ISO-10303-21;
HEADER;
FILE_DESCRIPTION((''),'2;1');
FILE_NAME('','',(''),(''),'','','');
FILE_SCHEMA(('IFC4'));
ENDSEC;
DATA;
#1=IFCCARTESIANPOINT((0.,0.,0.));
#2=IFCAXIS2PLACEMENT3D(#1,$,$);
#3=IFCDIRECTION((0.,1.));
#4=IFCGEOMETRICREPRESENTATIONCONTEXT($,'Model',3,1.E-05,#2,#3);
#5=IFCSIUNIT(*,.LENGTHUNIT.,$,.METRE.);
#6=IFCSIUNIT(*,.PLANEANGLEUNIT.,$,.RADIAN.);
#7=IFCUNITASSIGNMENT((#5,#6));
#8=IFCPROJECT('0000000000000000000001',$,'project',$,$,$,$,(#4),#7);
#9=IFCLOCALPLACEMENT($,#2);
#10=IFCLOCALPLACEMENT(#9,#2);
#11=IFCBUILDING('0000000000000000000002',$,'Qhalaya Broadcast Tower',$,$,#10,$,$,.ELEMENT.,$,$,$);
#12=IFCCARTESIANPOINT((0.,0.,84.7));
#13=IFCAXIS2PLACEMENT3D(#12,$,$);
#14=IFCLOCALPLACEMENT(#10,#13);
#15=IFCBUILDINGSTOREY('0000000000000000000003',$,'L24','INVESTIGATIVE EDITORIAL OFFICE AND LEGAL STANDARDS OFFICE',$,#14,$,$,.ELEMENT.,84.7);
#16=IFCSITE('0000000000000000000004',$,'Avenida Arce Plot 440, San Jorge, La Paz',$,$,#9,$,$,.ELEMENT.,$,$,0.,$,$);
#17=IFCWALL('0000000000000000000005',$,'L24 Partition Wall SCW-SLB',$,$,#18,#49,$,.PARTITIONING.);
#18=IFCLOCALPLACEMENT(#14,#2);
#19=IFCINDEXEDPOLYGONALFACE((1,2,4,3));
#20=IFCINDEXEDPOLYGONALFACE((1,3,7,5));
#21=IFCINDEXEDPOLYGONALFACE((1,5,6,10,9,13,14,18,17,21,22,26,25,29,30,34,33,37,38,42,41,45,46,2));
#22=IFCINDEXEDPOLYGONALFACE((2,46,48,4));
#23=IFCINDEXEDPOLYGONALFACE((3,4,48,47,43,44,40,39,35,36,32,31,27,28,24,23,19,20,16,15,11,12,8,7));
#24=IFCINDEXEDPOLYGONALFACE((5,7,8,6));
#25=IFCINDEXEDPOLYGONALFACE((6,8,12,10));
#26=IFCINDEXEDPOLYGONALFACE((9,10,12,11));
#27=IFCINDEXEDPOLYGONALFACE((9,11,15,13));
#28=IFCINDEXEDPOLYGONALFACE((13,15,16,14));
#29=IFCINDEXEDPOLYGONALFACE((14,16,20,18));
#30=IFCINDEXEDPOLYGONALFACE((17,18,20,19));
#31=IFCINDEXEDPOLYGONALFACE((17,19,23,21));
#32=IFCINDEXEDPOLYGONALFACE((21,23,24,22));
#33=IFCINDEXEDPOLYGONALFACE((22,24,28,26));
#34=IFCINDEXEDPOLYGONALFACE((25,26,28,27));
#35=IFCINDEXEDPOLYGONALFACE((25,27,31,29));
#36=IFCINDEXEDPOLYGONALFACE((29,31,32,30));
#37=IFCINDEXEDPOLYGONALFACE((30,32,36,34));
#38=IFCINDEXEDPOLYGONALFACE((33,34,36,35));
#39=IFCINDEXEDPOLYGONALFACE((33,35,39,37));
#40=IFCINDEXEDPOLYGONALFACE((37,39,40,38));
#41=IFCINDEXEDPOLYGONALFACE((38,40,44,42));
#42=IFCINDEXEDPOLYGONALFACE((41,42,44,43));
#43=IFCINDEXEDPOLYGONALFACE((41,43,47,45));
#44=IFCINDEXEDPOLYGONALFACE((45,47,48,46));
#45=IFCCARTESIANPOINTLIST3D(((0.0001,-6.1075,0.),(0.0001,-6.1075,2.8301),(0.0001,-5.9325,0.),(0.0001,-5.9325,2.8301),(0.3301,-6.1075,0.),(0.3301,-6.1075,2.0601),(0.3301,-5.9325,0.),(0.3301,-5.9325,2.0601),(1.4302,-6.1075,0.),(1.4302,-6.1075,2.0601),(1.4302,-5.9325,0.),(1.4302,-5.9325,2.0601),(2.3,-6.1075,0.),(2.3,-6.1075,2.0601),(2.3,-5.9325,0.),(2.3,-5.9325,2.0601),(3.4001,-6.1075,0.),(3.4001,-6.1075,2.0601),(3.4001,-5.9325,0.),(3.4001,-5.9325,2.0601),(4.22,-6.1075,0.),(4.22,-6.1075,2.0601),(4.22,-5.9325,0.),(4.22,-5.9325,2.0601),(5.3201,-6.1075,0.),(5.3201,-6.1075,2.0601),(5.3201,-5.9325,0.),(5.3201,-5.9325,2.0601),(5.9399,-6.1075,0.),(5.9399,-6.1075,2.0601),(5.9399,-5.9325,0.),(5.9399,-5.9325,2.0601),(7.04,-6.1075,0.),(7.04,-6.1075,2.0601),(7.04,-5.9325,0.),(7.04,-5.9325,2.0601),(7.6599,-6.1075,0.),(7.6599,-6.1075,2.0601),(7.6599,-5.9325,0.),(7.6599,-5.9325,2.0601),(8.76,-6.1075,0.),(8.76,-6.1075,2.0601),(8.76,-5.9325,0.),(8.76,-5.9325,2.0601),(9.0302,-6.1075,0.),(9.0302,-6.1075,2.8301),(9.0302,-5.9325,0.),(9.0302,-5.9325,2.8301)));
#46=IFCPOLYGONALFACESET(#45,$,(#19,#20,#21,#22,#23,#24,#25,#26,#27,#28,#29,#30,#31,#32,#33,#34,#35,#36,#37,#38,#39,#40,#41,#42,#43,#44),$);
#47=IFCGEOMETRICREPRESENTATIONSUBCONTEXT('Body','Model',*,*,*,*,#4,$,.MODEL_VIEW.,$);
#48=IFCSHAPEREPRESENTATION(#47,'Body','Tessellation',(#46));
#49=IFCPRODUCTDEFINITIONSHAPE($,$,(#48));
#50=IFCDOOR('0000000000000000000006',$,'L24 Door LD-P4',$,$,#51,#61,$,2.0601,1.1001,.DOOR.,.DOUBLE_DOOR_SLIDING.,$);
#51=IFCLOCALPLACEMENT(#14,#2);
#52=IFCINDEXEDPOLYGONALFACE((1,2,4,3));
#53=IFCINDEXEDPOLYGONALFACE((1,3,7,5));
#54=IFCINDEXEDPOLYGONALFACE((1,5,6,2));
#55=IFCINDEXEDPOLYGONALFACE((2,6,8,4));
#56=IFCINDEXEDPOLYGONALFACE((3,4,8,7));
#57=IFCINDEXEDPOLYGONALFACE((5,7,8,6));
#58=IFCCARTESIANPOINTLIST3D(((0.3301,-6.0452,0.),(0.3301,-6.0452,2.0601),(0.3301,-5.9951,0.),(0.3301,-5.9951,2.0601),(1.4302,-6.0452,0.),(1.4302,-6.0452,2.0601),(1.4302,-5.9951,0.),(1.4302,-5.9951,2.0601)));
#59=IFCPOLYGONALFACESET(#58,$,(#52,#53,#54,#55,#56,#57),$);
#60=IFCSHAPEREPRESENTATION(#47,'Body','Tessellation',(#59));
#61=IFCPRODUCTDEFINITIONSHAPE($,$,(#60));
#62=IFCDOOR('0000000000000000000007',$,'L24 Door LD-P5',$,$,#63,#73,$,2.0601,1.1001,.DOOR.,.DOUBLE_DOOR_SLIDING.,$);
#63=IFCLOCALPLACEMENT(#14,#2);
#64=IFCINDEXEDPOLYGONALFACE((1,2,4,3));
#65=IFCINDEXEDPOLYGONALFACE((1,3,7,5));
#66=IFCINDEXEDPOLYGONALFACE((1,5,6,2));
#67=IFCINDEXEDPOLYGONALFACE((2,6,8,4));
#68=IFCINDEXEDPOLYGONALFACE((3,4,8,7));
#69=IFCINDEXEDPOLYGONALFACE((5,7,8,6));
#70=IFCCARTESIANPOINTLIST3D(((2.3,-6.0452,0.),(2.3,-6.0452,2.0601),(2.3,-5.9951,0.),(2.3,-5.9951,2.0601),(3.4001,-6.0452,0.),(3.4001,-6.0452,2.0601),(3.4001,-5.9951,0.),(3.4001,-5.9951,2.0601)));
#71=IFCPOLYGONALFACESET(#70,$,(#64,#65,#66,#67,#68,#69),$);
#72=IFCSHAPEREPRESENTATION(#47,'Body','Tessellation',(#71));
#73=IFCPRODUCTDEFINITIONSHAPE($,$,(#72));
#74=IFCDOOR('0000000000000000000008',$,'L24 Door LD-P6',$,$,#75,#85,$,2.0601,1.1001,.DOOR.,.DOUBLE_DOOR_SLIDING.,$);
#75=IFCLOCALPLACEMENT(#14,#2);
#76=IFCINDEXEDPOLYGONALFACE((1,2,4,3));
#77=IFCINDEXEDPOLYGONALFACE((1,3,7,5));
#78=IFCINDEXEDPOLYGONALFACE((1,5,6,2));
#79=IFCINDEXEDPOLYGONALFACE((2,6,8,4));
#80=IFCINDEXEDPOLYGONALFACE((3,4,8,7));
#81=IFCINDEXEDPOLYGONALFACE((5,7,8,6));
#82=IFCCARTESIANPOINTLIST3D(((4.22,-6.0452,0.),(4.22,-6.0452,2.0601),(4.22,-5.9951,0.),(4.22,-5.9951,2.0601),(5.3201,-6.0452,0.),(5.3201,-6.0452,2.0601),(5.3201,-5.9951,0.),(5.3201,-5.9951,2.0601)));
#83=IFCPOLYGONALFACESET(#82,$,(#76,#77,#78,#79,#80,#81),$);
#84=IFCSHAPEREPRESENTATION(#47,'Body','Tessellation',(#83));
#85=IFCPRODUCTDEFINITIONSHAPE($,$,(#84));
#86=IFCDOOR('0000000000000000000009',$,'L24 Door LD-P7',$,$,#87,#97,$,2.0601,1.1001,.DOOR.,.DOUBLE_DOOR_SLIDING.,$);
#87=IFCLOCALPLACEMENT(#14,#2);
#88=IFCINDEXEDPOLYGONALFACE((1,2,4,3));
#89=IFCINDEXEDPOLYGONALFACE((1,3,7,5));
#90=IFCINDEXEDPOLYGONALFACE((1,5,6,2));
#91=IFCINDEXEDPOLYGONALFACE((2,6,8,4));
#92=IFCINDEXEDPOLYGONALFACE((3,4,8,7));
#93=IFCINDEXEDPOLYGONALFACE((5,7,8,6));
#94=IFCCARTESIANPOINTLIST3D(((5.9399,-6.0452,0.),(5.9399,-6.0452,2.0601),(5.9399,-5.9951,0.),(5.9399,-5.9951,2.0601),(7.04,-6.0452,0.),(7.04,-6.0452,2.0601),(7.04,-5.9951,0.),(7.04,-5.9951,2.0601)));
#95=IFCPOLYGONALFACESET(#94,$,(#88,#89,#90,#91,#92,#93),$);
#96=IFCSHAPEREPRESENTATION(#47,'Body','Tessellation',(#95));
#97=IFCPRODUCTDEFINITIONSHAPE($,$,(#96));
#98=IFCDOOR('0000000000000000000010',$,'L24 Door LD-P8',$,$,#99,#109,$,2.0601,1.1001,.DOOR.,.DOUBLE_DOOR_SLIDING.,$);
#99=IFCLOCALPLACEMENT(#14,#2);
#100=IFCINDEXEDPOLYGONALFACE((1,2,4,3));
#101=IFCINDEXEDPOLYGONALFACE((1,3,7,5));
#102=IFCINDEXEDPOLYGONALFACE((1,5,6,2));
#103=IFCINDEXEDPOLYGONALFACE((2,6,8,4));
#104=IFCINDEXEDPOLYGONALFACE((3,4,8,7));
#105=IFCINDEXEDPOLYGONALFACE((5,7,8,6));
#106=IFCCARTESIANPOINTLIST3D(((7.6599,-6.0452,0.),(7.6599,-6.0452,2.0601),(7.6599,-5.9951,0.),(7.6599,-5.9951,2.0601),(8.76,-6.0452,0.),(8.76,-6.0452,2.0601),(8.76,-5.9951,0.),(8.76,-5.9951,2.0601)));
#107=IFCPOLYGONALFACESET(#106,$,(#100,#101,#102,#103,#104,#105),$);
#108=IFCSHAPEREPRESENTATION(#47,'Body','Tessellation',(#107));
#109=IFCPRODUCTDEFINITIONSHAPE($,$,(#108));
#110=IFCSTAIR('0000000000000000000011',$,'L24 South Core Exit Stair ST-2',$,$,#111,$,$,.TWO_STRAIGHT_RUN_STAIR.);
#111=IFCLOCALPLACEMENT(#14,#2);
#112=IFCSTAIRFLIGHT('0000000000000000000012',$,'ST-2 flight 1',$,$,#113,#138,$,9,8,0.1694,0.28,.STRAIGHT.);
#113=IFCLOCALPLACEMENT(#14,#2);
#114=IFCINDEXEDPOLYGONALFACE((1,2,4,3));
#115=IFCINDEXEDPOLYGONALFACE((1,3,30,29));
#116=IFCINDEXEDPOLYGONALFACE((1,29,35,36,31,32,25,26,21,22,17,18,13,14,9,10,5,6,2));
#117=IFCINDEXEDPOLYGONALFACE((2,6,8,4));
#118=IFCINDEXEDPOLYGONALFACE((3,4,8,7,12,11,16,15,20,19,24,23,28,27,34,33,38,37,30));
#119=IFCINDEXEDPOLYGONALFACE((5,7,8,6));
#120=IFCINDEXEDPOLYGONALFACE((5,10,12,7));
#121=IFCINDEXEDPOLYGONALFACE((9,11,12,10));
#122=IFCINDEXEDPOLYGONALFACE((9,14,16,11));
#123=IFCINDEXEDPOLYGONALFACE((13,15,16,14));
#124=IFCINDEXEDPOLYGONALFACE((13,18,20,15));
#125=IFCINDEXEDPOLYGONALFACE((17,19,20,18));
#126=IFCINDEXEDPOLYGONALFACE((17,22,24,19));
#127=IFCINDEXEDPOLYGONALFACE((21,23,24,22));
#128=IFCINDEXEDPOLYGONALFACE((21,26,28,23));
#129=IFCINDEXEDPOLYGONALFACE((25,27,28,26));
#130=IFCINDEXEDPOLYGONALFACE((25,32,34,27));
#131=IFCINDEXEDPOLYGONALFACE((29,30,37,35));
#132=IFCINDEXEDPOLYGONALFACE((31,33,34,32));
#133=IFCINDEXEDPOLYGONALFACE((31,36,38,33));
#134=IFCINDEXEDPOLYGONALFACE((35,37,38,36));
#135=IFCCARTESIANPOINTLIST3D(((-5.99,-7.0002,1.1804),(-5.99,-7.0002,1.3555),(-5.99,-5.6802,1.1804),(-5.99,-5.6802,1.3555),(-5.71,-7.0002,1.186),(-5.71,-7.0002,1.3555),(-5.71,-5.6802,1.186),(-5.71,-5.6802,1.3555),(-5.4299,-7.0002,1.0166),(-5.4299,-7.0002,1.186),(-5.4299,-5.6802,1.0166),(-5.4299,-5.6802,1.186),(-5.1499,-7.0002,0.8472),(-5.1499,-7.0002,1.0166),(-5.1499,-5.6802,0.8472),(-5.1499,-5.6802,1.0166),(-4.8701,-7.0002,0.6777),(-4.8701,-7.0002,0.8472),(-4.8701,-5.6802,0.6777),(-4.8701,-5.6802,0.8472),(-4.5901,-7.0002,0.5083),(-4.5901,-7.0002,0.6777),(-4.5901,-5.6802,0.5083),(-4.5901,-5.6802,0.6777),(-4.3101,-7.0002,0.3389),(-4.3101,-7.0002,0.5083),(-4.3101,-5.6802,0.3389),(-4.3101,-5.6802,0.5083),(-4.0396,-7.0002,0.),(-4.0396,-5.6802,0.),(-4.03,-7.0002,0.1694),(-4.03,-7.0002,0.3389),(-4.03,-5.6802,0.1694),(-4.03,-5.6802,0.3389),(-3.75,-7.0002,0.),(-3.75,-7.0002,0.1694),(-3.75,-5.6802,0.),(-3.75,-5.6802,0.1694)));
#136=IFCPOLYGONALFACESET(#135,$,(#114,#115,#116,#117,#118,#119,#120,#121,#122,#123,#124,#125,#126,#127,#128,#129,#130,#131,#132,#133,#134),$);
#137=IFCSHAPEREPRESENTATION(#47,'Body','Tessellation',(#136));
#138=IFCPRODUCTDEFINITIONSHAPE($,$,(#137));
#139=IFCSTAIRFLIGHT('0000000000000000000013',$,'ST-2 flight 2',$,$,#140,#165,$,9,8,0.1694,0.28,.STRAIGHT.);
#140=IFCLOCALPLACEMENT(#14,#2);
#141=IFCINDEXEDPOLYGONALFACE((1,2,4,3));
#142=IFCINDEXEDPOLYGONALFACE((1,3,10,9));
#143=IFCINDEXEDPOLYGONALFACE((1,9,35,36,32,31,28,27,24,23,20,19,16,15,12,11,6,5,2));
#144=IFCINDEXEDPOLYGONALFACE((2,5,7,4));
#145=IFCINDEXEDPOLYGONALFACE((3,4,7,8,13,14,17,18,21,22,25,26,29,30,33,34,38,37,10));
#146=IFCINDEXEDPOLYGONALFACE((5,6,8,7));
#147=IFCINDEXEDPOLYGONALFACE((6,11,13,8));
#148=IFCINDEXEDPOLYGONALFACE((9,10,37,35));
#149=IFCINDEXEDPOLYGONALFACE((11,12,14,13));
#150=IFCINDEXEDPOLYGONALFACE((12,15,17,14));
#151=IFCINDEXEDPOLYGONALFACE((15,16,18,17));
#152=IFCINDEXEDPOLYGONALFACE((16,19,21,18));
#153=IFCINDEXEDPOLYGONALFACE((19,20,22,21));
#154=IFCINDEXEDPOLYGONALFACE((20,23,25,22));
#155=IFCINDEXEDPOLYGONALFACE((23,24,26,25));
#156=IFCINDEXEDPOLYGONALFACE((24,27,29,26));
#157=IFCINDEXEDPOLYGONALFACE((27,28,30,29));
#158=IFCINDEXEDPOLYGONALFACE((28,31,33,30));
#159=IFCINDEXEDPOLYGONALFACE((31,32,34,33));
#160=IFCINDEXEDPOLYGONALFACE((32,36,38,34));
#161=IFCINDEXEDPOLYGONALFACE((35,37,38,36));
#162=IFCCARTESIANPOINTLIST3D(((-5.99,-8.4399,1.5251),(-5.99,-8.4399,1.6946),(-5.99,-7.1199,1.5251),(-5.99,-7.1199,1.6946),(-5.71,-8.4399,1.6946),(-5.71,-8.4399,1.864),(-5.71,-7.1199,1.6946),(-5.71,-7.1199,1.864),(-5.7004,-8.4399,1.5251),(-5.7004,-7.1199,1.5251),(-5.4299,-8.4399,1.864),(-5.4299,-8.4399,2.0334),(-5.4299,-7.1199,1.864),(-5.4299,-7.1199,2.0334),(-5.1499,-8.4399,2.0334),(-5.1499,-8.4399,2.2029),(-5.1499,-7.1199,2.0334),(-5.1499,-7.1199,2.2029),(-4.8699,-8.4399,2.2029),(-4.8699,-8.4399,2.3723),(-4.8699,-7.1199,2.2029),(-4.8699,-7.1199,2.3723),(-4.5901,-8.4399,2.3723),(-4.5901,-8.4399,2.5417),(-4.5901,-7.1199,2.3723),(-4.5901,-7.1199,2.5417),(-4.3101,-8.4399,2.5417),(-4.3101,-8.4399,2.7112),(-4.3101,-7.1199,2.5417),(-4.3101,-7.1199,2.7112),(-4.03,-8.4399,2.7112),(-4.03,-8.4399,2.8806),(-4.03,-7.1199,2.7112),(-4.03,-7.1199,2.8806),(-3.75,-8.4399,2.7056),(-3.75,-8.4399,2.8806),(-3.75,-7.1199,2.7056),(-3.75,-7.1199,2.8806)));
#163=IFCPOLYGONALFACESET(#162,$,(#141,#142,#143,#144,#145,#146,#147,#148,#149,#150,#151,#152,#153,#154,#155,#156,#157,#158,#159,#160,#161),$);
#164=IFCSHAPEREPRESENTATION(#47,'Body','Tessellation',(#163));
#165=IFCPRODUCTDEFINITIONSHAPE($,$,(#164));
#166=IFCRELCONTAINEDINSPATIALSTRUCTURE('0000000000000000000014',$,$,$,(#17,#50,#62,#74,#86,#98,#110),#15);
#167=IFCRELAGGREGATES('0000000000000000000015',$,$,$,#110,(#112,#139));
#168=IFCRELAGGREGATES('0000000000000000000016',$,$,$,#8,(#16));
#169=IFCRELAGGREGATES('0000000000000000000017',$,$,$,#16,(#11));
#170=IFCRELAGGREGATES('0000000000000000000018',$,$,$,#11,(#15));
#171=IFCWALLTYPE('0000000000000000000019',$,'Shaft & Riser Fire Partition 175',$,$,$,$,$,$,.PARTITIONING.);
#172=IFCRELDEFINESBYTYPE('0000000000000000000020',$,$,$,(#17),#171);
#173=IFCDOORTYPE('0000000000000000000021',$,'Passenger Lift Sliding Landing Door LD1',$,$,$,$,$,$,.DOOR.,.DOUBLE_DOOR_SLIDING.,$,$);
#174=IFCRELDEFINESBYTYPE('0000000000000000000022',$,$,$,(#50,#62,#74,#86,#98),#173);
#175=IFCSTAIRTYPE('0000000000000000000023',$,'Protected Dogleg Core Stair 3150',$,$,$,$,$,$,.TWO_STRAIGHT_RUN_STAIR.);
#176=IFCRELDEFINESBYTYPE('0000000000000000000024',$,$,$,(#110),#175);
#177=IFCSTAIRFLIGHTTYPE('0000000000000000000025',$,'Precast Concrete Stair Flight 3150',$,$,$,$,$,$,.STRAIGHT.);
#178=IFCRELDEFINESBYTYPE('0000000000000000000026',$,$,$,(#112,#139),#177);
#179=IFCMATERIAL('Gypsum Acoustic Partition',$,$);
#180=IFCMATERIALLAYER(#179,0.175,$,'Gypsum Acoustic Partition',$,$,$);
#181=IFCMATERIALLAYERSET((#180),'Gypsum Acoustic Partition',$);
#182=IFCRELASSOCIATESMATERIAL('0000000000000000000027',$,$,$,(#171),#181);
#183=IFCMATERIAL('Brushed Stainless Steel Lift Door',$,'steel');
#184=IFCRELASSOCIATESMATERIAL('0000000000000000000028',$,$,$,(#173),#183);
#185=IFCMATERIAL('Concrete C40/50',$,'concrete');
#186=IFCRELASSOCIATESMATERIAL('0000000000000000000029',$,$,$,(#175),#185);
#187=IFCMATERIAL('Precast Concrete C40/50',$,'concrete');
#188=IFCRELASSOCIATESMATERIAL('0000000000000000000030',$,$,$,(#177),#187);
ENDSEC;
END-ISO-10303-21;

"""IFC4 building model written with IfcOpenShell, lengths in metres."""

from ifc_helpers import new_model, si_unit, direction, frame, frame_2d, origin, place, context, subcontext, project, spatial, polyline, rectangle, outline, extrude, material, layer, layer_set, type_object, element, fill, aggregate, save


model = new_model("IFC4")

# Units and contexts
model_context = context("Model", 3, precision=1e-05, world=origin(), true_north=direction((0.0, 1.0)))
body_context = subcontext(model_context, "Body", "Model", "MODEL_VIEW")
ifc_project = project(units=[si_unit("LENGTHUNIT", "METRE"), si_unit("PLANEANGLEUNIT", "RADIAN")], contexts=[model_context])

# Site, building, storey
site_placement = place(None, origin())
site = spatial("IfcSite", under=ifc_project, at=site_placement, Name="Avenida Arce Plot 440, San Jorge, La Paz", CompositionType="ELEMENT", RefElevation=0.0)
building_placement = place(site_placement, origin())
building = spatial("IfcBuilding", under=site, at=building_placement, Name="Qhalaya Broadcast Tower", CompositionType="ELEMENT")
storey_placement = place(building_placement, frame((0.0, 0.0, 84.7)))
storey = spatial("IfcBuildingStorey", under=building, at=storey_placement, Name="L24", Description="INVESTIGATIVE EDITORIAL OFFICE AND LEGAL STANDARDS OFFICE", CompositionType="ELEMENT", Elevation=84.7)

# Shared definitions
ifc_material_1 = material(Name="Brushed Stainless Steel Lift Door", Category="steel")
ifc_material_2 = material(Name="Gypsum Acoustic Partition")
ifc_layer_1 = layer(ifc_material_2, 0.175, Name="Gypsum Acoustic Partition")
ifc_layer_set_1 = layer_set([ifc_layer_1], Name="Gypsum Acoustic Partition")
wall_type_1 = type_object("IfcWallType", Name="Shaft & Riser Fire Partition 175", PredefinedType="PARTITIONING", material=ifc_layer_set_1)

# Wall, openings, doors
wall_1_placement = place(storey_placement, frame((0.0, -6.02, 0.0), z_axis=(0.0, 0.0, 1.0), x_axis=(1.0, 0.0, 0.0)))
wall_1 = element("IfcWall", 1, at=wall_1_placement, inside=storey, type_object=wall_type_1, Name="L24 Partition Wall SCW-SLB", PredefinedType="PARTITIONING", context=body_context, shape_type="SweptSolid", body=[
    extrude(rectangle(XDim=9.03, YDim=0.175, at=frame_2d((4.5151, 0.0))), origin(), (0.0, 0.0, 1.0), 2.8301),
])
opening_1_placement = place(wall_1_placement, frame((0.3301, 0.0, 0.0)))
opening_1 = element("IfcOpeningElement", 2, at=opening_1_placement, cuts=wall_1, PredefinedType="OPENING", context=body_context, shape_type="SweptSolid", body=[
    extrude(rectangle(XDim=1.1001, YDim=2.0601, at=frame_2d((0.55, 1.03))), frame((0.0, 0.0996, 0.0), z_axis=(0.0, -1.0, 0.0), x_axis=(1.0, 0.0, 0.0)), (0.0, 0.0, 1.0), 0.199),
])
opening_2_placement = place(wall_1_placement, frame((2.3, 0.0, 0.0)))
opening_2 = element("IfcOpeningElement", 3, at=opening_2_placement, cuts=wall_1, PredefinedType="OPENING", context=body_context, shape_type="SweptSolid", body=[
    extrude(rectangle(XDim=1.1001, YDim=2.0601, at=frame_2d((0.55, 1.03))), frame((0.0, 0.0996, 0.0), z_axis=(0.0, -1.0, 0.0), x_axis=(1.0, 0.0, 0.0)), (0.0, 0.0, 1.0), 0.199),
])
opening_3_placement = place(wall_1_placement, frame((4.22, 0.0, 0.0)))
opening_3 = element("IfcOpeningElement", 4, at=opening_3_placement, cuts=wall_1, PredefinedType="OPENING", context=body_context, shape_type="SweptSolid", body=[
    extrude(rectangle(XDim=1.1001, YDim=2.0601, at=frame_2d((0.55, 1.03))), frame((0.0, 0.0996, 0.0), z_axis=(0.0, -1.0, 0.0), x_axis=(1.0, 0.0, 0.0)), (0.0, 0.0, 1.0), 0.199),
])
opening_4_placement = place(wall_1_placement, frame((5.9399, 0.0, 0.0)))
opening_4 = element("IfcOpeningElement", 5, at=opening_4_placement, cuts=wall_1, PredefinedType="OPENING", context=body_context, shape_type="SweptSolid", body=[
    extrude(rectangle(XDim=1.1001, YDim=2.0601, at=frame_2d((0.55, 1.03))), frame((0.0, 0.0996, 0.0), z_axis=(0.0, -1.0, 0.0), x_axis=(1.0, 0.0, 0.0)), (0.0, 0.0, 1.0), 0.199),
])
opening_5_placement = place(wall_1_placement, frame((7.6599, 0.0, 0.0)))
opening_5 = element("IfcOpeningElement", 6, at=opening_5_placement, cuts=wall_1, PredefinedType="OPENING", context=body_context, shape_type="SweptSolid", body=[
    extrude(rectangle(XDim=1.1001, YDim=2.0601, at=frame_2d((0.55, 1.03))), frame((0.0, 0.0996, 0.0), z_axis=(0.0, -1.0, 0.0), x_axis=(1.0, 0.0, 0.0)), (0.0, 0.0, 1.0), 0.199),
])
door_type_1 = type_object("IfcDoorType", Name="Passenger Lift Sliding Landing Door LD1", OperationType="DOUBLE_DOOR_SLIDING", PredefinedType="DOOR", material=ifc_material_1)
door_1_placement = place(opening_1_placement, origin())
door_1 = element("IfcDoor", 7, at=door_1_placement, inside=storey, type_object=door_type_1, Name="L24 Door LD-P4", OperationType="DOUBLE_DOOR_SLIDING", OverallHeight=2.0601, OverallWidth=1.1001, PredefinedType="DOOR", context=body_context, shape_type="SweptSolid", body=[
    extrude(rectangle(XDim=1.1001, YDim=2.0601, at=frame_2d((0.55, 1.03))), frame((0.0, 0.0249, 0.0), z_axis=(0.0, -1.0, 0.0), x_axis=(1.0, 0.0, 0.0)), (0.0, 0.0, 1.0), 0.05),
])
fill(opening_1, door_1)
door_2_placement = place(opening_2_placement, origin())
door_2 = element("IfcDoor", 8, at=door_2_placement, inside=storey, type_object=door_type_1, Name="L24 Door LD-P5", OperationType="DOUBLE_DOOR_SLIDING", OverallHeight=2.0601, OverallWidth=1.1001, PredefinedType="DOOR", context=body_context, shape_type="SweptSolid", body=[
    extrude(rectangle(XDim=1.1001, YDim=2.0601, at=frame_2d((0.55, 1.03))), frame((0.0, 0.0249, 0.0), z_axis=(0.0, -1.0, 0.0), x_axis=(1.0, 0.0, 0.0)), (0.0, 0.0, 1.0), 0.05),
])
fill(opening_2, door_2)
door_3_placement = place(opening_3_placement, origin())
door_3 = element("IfcDoor", 9, at=door_3_placement, inside=storey, type_object=door_type_1, Name="L24 Door LD-P6", OperationType="DOUBLE_DOOR_SLIDING", OverallHeight=2.0601, OverallWidth=1.1001, PredefinedType="DOOR", context=body_context, shape_type="SweptSolid", body=[
    extrude(rectangle(XDim=1.1001, YDim=2.0601, at=frame_2d((0.55, 1.03))), frame((0.0, 0.0249, 0.0), z_axis=(0.0, -1.0, 0.0), x_axis=(1.0, 0.0, 0.0)), (0.0, 0.0, 1.0), 0.05),
])
fill(opening_3, door_3)
door_4_placement = place(opening_4_placement, origin())
door_4 = element("IfcDoor", 10, at=door_4_placement, inside=storey, type_object=door_type_1, Name="L24 Door LD-P7", OperationType="DOUBLE_DOOR_SLIDING", OverallHeight=2.0601, OverallWidth=1.1001, PredefinedType="DOOR", context=body_context, shape_type="SweptSolid", body=[
    extrude(rectangle(XDim=1.1001, YDim=2.0601, at=frame_2d((0.55, 1.03))), frame((0.0, 0.0249, 0.0), z_axis=(0.0, -1.0, 0.0), x_axis=(1.0, 0.0, 0.0)), (0.0, 0.0, 1.0), 0.05),
])
fill(opening_4, door_4)
door_5_placement = place(opening_5_placement, origin())
door_5 = element("IfcDoor", 11, at=door_5_placement, inside=storey, type_object=door_type_1, Name="L24 Door LD-P8", OperationType="DOUBLE_DOOR_SLIDING", OverallHeight=2.0601, OverallWidth=1.1001, PredefinedType="DOOR", context=body_context, shape_type="SweptSolid", body=[
    extrude(rectangle(XDim=1.1001, YDim=2.0601, at=frame_2d((0.55, 1.03))), frame((0.0, 0.0249, 0.0), z_axis=(0.0, -1.0, 0.0), x_axis=(1.0, 0.0, 0.0)), (0.0, 0.0, 1.0), 0.05),
])
fill(opening_5, door_5)

# Stair, stair flights
ifc_material_3 = material(Name="Concrete C40/50", Category="concrete")
stair_type = type_object("IfcStairType", Name="Protected Dogleg Core Stair 3150", PredefinedType="TWO_STRAIGHT_RUN_STAIR", material=ifc_material_3)
stair_placement = place(storey_placement, origin())
stair = element("IfcStair", 12, at=stair_placement, inside=storey, type_object=stair_type, Name="L24 South Core Exit Stair ST-2", PredefinedType="TWO_STRAIGHT_RUN_STAIR")
ifc_material_4 = material(Name="Precast Concrete C40/50", Category="concrete")
stair_flight_type = type_object("IfcStairFlightType", Name="Precast Concrete Stair Flight 3150", PredefinedType="STRAIGHT", material=ifc_material_4)
stair_flight_1_placement = place(storey_placement, frame((-3.75, -6.3401, 0.0), z_axis=(0.0, 0.0, 1.0), x_axis=(-1.0, 0.0, 0.0)))
stair_flight_1 = element("IfcStairFlight", 13, at=stair_flight_1_placement, type_object=stair_flight_type, Name="ST-2 flight 1", NumberOfRisers=9, NumberOfTreads=8, PredefinedType="STRAIGHT", RiserHeight=0.1694, TreadLength=0.28, context=body_context, shape_type="SweptSolid", body=[
    extrude(outline(polyline([(0.0, 0.0), (0.0, 0.1694), (0.28, 0.1694), (0.28, 0.3389), (0.5601, 0.3389), (0.5601, 0.5083), (0.8401, 0.5083), (0.8401, 0.6777), (1.1201, 0.6777), (1.1201, 0.8472), (1.3999, 0.8472), (1.3999, 1.0166), (1.6799, 1.0166), (1.6799, 1.186), (1.96, 1.186), (1.96, 1.3555), (2.24, 1.3555), (2.24, 1.5249), (2.24, 1.1804), (0.2896, 0.0), (0.0, 0.0)])), frame((0.0, 0.6602, 0.0), z_axis=(0.0, -1.0, 0.0), x_axis=(1.0, 0.0, 0.0)), (0.0, 0.0, 1.0), 1.3201),
])
stair_flight_2_placement = place(storey_placement, frame((-5.99, -7.78, 1.5251), z_axis=(0.0, 0.0, 1.0), x_axis=(1.0, 0.0, 0.0)))
stair_flight_2 = element("IfcStairFlight", 14, at=stair_flight_2_placement, type_object=stair_flight_type, Name="ST-2 flight 2", NumberOfRisers=9, NumberOfTreads=8, PredefinedType="STRAIGHT", RiserHeight=0.1694, TreadLength=0.28, context=body_context, shape_type="SweptSolid", body=[
    extrude(outline(polyline([(0.0, 0.0), (0.0, 0.1694), (0.28, 0.1694), (0.28, 0.3389), (0.5601, 0.3389), (0.5601, 0.5083), (0.8401, 0.5083), (0.8401, 0.6777), (1.1201, 0.6777), (1.1201, 0.8472), (1.3999, 0.8472), (1.3999, 1.0166), (1.6799, 1.0166), (1.6799, 1.186), (1.96, 1.186), (1.96, 1.3555), (2.24, 1.3555), (2.24, 1.5249), (2.24, 1.1804), (0.2896, 0.0), (0.0, 0.0)])), frame((0.0, 0.6602, 0.0), z_axis=(0.0, -1.0, 0.0), x_axis=(1.0, 0.0, 0.0)), (0.0, 0.0, 1.0), 1.3201),
])
aggregate(stair, [stair_flight_1, stair_flight_2])

save(model, "model.ifc")
